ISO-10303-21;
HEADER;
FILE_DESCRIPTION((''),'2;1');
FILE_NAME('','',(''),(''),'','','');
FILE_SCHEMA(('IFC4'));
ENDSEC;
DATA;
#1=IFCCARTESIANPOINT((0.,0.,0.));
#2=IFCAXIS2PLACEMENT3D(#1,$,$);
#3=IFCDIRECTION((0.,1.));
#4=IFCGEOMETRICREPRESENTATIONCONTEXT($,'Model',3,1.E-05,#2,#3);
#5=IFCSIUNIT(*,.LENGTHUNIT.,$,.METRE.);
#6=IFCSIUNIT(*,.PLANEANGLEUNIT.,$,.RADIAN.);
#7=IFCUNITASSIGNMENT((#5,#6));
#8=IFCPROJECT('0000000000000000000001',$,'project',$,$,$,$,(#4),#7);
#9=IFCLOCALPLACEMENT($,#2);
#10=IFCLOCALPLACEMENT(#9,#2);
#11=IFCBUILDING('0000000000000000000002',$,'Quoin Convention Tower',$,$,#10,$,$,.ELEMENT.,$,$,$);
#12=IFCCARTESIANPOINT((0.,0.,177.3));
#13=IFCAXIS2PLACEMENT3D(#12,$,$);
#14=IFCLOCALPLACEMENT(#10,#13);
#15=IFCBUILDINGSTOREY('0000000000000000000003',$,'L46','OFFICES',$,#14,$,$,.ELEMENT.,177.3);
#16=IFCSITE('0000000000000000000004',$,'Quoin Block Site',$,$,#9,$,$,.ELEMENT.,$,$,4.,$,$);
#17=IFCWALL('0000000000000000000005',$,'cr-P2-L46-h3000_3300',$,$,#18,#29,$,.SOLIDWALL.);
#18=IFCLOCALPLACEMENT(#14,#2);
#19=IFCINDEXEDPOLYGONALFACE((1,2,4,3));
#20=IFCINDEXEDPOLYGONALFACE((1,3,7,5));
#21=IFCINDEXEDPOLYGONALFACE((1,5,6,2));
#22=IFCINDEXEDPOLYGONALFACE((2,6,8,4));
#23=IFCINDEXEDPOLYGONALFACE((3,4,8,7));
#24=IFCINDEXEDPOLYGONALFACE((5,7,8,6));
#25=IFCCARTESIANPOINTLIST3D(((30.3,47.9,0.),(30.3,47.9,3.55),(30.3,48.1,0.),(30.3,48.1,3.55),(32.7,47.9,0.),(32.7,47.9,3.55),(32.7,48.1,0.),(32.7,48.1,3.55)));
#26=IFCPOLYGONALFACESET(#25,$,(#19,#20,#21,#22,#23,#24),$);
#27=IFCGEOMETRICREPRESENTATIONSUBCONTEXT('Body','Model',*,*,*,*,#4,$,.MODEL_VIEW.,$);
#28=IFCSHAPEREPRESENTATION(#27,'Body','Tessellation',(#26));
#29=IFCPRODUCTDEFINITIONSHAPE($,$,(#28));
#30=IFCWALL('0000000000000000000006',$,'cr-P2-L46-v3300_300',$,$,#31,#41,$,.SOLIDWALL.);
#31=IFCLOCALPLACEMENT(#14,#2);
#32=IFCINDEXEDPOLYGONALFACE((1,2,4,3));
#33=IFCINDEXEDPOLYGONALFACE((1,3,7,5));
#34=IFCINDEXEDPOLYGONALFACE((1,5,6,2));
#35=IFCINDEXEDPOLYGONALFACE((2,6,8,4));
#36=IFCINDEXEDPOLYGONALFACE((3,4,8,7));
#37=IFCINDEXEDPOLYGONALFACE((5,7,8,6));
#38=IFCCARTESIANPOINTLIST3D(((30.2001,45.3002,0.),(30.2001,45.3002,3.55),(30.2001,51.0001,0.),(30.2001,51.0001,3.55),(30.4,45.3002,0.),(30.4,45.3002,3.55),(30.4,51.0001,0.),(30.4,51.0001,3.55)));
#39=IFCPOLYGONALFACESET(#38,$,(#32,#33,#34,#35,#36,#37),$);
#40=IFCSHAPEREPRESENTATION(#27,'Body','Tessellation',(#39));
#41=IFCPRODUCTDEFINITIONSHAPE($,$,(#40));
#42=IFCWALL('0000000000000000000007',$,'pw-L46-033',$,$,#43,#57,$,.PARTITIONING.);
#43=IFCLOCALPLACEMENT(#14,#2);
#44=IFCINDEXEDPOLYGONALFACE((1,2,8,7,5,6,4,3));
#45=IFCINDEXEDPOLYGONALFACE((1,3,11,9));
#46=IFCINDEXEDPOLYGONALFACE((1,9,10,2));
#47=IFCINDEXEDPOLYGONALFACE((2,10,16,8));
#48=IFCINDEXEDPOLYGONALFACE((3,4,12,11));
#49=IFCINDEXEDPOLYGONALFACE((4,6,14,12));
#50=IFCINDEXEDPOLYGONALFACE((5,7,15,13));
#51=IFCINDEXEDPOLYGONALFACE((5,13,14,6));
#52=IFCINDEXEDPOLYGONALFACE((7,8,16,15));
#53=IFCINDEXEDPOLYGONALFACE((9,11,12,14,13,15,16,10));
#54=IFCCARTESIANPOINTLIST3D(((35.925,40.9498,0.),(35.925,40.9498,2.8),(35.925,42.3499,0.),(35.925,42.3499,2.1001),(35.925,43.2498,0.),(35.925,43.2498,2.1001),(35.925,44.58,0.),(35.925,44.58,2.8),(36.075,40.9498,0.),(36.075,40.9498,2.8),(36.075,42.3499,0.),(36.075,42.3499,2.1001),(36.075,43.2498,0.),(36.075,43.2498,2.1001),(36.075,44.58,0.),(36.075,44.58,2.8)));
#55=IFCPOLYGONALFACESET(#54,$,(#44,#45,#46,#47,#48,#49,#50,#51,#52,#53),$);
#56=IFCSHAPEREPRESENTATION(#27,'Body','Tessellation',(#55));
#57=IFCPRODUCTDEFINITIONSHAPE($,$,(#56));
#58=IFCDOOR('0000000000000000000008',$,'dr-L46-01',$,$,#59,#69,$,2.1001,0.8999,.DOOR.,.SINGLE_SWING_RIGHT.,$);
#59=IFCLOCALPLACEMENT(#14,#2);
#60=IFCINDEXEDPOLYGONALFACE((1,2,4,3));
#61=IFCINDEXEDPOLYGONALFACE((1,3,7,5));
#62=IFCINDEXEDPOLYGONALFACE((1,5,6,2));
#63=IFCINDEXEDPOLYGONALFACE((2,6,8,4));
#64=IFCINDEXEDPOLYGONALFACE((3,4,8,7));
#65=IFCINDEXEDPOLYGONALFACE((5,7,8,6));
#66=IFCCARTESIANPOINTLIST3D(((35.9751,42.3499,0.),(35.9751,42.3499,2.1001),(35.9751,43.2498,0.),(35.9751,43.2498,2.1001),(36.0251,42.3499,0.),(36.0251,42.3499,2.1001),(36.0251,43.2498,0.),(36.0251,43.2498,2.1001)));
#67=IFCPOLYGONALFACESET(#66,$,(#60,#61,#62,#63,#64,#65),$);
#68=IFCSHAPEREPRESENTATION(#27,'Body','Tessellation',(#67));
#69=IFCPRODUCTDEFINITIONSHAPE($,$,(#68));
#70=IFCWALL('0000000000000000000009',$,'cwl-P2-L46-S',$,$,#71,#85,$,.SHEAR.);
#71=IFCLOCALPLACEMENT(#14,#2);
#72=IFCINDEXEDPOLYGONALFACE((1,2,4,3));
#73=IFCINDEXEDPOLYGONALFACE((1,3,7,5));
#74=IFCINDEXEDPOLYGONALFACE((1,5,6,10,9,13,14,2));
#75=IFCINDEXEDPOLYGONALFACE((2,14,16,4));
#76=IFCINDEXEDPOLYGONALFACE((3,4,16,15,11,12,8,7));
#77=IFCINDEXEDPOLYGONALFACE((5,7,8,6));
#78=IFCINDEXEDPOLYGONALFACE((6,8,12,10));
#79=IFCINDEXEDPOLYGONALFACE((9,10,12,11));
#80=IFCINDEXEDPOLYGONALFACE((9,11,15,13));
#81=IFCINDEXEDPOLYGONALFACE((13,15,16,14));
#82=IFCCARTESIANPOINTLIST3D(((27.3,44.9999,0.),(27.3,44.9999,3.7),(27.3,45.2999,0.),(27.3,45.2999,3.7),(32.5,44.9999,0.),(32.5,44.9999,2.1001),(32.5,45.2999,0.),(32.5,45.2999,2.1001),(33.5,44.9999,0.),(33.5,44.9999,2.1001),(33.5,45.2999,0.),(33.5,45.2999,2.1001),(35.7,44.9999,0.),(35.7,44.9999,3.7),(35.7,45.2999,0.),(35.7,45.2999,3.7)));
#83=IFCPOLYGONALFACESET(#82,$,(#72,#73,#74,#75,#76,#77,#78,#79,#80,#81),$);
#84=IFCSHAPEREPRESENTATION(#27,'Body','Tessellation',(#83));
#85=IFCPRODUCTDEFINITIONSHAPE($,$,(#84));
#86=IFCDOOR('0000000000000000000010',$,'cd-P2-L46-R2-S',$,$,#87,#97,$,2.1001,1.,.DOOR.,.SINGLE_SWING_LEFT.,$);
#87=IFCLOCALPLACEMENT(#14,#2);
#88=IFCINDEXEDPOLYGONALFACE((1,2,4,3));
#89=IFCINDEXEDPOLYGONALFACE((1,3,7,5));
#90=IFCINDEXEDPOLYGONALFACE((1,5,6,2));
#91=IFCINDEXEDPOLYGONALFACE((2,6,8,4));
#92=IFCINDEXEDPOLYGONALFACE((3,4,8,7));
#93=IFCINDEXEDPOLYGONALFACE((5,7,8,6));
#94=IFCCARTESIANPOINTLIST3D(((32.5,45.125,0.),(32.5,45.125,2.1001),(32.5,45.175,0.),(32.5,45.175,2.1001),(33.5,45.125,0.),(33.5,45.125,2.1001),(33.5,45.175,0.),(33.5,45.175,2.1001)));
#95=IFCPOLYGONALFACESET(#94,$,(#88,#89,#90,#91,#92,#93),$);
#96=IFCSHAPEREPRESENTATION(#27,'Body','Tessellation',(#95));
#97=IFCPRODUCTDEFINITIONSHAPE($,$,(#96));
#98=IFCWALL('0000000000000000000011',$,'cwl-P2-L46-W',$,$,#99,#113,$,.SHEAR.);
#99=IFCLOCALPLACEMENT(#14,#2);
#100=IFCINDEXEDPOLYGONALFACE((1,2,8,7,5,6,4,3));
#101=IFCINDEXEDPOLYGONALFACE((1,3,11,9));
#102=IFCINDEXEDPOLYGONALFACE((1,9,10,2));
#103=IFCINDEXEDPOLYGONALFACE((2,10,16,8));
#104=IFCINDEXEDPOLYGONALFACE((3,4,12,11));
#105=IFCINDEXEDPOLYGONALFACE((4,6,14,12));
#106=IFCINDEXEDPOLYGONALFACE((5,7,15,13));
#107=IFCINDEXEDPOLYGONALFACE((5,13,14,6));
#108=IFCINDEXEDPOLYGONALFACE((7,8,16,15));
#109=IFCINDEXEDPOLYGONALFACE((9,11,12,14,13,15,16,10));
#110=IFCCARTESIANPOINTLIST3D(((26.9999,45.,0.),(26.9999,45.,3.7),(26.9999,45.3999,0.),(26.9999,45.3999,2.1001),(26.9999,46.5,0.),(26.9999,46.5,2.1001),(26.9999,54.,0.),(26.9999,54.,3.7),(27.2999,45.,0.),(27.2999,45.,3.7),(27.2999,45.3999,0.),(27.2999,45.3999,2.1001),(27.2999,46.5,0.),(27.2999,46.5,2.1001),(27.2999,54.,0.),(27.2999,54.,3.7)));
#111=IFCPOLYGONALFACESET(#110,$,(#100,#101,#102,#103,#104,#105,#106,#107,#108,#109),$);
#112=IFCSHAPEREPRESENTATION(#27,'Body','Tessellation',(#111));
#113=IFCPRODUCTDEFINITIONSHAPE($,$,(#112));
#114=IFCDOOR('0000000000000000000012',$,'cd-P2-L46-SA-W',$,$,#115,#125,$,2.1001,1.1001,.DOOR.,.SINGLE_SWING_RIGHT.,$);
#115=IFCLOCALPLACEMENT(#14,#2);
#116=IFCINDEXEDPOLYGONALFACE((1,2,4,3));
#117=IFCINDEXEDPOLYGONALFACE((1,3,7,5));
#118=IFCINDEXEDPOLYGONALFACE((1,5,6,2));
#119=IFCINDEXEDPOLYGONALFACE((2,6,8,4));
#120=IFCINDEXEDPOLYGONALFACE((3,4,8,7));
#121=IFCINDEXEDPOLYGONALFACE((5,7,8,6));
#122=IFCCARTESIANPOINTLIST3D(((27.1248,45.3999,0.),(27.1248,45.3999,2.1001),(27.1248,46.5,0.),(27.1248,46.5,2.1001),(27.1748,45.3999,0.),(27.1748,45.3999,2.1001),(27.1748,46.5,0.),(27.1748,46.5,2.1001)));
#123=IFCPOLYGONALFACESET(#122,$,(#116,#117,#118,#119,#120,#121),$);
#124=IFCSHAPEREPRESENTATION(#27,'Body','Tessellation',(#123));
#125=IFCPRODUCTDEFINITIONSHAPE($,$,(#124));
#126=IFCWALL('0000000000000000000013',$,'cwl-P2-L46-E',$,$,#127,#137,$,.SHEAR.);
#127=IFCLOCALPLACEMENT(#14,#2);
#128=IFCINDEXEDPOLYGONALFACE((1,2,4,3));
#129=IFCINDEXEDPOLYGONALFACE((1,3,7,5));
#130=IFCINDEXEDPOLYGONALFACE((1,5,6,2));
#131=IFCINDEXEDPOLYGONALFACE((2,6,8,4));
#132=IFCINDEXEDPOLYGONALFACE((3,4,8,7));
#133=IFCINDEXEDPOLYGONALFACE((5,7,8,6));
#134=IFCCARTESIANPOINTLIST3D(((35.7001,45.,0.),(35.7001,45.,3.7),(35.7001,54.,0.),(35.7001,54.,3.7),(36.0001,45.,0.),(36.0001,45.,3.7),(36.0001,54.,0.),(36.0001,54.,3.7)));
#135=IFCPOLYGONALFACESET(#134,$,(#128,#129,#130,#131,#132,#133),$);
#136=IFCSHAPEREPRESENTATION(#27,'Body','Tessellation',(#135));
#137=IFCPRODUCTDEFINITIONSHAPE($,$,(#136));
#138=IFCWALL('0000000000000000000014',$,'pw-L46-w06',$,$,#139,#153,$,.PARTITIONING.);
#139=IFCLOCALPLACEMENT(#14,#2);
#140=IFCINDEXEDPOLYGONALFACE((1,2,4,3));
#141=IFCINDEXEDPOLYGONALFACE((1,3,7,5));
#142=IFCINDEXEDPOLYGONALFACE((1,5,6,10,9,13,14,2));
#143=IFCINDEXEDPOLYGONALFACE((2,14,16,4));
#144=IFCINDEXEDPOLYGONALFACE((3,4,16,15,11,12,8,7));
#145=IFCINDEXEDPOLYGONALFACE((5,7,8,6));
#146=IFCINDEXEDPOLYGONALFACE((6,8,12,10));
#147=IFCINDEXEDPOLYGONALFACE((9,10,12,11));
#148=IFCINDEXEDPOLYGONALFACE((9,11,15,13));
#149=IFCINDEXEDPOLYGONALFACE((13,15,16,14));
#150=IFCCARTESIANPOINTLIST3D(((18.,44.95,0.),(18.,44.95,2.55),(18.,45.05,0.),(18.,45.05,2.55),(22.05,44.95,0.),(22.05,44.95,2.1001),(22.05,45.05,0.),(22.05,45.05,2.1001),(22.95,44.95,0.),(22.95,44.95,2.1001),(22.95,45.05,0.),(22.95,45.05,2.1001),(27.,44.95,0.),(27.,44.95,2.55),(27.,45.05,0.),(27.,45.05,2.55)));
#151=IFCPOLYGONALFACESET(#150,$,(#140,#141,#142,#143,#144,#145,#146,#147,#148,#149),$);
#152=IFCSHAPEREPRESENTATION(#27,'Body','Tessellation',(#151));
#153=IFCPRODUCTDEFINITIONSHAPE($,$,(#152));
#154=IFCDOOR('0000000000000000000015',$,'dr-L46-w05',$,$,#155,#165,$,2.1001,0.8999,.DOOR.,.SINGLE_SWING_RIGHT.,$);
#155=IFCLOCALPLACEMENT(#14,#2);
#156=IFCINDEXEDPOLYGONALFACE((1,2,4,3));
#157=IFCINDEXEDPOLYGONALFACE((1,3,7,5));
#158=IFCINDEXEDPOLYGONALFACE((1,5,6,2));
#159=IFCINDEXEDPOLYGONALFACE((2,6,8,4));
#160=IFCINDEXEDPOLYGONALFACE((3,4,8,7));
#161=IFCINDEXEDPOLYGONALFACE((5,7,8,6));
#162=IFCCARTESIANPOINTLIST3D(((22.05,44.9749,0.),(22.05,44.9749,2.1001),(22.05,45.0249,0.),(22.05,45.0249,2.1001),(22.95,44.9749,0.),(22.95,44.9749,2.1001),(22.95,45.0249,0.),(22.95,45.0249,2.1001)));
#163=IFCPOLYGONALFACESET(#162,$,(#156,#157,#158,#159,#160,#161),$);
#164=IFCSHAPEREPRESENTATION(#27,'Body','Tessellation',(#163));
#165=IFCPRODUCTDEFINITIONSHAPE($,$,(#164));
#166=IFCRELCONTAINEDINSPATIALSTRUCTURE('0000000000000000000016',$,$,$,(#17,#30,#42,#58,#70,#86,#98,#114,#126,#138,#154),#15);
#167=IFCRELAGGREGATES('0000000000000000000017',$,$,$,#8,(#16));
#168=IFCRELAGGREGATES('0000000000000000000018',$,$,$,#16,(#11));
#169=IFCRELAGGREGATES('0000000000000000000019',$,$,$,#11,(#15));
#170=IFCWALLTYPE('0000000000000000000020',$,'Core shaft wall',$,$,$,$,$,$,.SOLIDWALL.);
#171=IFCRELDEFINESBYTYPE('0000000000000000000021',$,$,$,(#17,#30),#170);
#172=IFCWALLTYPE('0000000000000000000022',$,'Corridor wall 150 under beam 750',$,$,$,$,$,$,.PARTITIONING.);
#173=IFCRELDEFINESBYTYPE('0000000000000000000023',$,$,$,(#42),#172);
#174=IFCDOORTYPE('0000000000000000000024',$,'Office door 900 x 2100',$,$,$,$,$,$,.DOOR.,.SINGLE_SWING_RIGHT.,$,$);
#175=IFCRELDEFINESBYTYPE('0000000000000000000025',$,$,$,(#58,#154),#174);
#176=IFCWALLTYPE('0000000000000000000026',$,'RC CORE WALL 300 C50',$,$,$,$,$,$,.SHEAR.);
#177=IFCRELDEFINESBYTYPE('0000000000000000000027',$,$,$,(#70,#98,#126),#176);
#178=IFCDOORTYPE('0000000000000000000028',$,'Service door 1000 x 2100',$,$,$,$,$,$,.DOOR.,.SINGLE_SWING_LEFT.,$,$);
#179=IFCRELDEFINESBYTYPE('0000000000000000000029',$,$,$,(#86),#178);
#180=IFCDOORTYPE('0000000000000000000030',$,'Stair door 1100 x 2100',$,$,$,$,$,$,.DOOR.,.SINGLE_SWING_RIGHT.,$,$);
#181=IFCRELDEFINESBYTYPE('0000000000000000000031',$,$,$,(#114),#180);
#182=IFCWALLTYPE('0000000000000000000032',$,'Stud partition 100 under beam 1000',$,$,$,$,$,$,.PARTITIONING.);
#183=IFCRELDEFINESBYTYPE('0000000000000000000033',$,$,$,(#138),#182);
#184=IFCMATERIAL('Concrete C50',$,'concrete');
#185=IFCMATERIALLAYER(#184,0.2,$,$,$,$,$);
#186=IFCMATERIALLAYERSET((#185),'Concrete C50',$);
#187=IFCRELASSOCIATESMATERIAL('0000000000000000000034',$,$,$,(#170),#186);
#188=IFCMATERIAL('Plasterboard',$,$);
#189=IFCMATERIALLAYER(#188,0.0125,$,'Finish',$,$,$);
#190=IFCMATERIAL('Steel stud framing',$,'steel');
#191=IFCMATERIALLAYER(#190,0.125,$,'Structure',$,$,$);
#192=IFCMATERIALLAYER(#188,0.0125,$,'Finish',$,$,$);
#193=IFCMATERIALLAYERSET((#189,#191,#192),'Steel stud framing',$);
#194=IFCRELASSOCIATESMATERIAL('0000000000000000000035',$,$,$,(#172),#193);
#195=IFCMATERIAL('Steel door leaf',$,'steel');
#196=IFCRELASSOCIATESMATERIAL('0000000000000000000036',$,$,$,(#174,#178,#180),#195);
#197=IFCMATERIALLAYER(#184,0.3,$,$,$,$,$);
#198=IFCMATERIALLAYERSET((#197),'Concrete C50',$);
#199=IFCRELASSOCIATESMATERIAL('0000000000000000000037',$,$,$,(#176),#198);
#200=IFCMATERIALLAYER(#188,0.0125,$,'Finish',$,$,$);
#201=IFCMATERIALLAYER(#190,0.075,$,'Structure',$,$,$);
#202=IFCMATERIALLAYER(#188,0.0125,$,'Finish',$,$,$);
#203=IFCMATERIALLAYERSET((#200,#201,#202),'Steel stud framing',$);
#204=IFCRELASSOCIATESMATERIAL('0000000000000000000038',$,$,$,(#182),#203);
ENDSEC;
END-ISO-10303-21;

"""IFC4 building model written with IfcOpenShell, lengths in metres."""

from ifc_helpers import new_model, si_unit, direction, frame, frame_2d, origin, place, context, subcontext, project, spatial, rectangle, extrude, material, layer, layer_set, type_object, element, fill, save


model = new_model("IFC4")

# Units and contexts
model_context = context("Model", 3, precision=1e-05, world=origin(), true_north=direction((0.0, 1.0)))
body_context = subcontext(model_context, "Body", "Model", "MODEL_VIEW")
ifc_project = project(units=[si_unit("LENGTHUNIT", "METRE"), si_unit("PLANEANGLEUNIT", "RADIAN")], contexts=[model_context])

# Site, building, storey
site_placement = place(None, origin())
site = spatial("IfcSite", under=ifc_project, at=site_placement, Name="Quoin Block Site", CompositionType="ELEMENT", RefElevation=4.0)
building_placement = place(site_placement, origin())
building = spatial("IfcBuilding", under=site, at=building_placement, Name="Quoin Convention Tower", CompositionType="ELEMENT")
storey_placement = place(building_placement, frame((0.0, 0.0, 177.3)))
storey = spatial("IfcBuildingStorey", under=building, at=storey_placement, Name="L46", Description="OFFICES", CompositionType="ELEMENT", Elevation=177.3)

# Shared definitions
ifc_material_1 = material(Name="Concrete C50", Category="concrete")

# Walls
ifc_layer_1 = layer(ifc_material_1, 0.2)
ifc_layer_set_1 = layer_set([ifc_layer_1], Name="Concrete C50")
wall_type_1 = type_object("IfcWallType", Name="Core shaft wall", PredefinedType="SOLIDWALL", material=ifc_layer_set_1)
wall_1_placement = place(storey_placement, frame((30.3, 48.0, 0.0), z_axis=(0.0, 0.0, 1.0), x_axis=(1.0, 0.0, 0.0)))
element("IfcWall", 1, at=wall_1_placement, inside=storey, type_object=wall_type_1, Name="cr-P2-L46-h3000_3300", PredefinedType="SOLIDWALL", context=body_context, shape_type="SweptSolid", body=[
    extrude(rectangle(XDim=2.3999, YDim=0.2, at=frame_2d((1.2, 0.0))), origin(), (0.0, 0.0, 1.0), 3.55),
])
wall_2_placement = place(storey_placement, frame((30.3, 45.3, 0.0), z_axis=(0.0, 0.0, 1.0), x_axis=(0.0, 1.0, 0.0)))
element("IfcWall", 2, at=wall_2_placement, inside=storey, type_object=wall_type_1, Name="cr-P2-L46-v3300_300", PredefinedType="SOLIDWALL", context=body_context, shape_type="SweptSolid", body=[
    extrude(rectangle(XDim=5.7, YDim=0.2, at=frame_2d((2.8501, 0.0))), origin(), (0.0, 0.0, 1.0), 3.55),
])

# Walls, openings, doors
ifc_material_2 = material(Name="Plasterboard")
ifc_layer_2 = layer(ifc_material_2, 0.0125, Name="Finish")
ifc_material_3 = material(Name="Steel stud framing", Category="steel")
ifc_layer_3 = layer(ifc_material_3, 0.125, Name="Structure")
ifc_layer_4 = layer(ifc_material_2, 0.0125, Name="Finish")
ifc_layer_set_2 = layer_set([ifc_layer_2, ifc_layer_3, ifc_layer_4], Name="Steel stud framing")
wall_type_2 = type_object("IfcWallType", Name="Corridor wall 150 under beam 750", PredefinedType="PARTITIONING", material=ifc_layer_set_2)
wall_3_placement = place(storey_placement, frame((36.0, 40.95, 0.0), z_axis=(0.0, 0.0, 1.0), x_axis=(0.0, 1.0, 0.0)))
wall_3 = element("IfcWall", 3, at=wall_3_placement, inside=storey, type_object=wall_type_2, Name="pw-L46-033", PredefinedType="PARTITIONING", context=body_context, shape_type="SweptSolid", body=[
    extrude(rectangle(XDim=3.6301, YDim=0.1499, at=frame_2d((1.8149, 0.0))), origin(), (0.0, 0.0, 1.0), 2.8),
])
opening_1_placement = place(wall_3_placement, frame((1.3999, 0.0, 0.0)))
opening_1 = element("IfcOpeningElement", 4, at=opening_1_placement, cuts=wall_3, PredefinedType="OPENING", context=body_context, shape_type="SweptSolid", body=[
    extrude(rectangle(XDim=0.8999, YDim=2.1001, at=frame_2d((0.45, 1.05))), frame((0.0, 0.085, 0.0), z_axis=(0.0, -1.0, 0.0), x_axis=(1.0, 0.0, 0.0)), (0.0, 0.0, 1.0), 0.1699),
])
ifc_material_4 = material(Name="Steel door leaf", Category="steel")
door_type_1 = type_object("IfcDoorType", Name="Office door 900 x 2100", OperationType="SINGLE_SWING_RIGHT", PredefinedType="DOOR", material=ifc_material_4)
door_1_placement = place(opening_1_placement, origin())
door_1 = element("IfcDoor", 5, at=door_1_placement, inside=storey, type_object=door_type_1, Name="dr-L46-01", OperationType="SINGLE_SWING_RIGHT", OverallHeight=2.1001, OverallWidth=0.8999, PredefinedType="DOOR", context=body_context, shape_type="SweptSolid", body=[
    extrude(rectangle(XDim=0.8999, YDim=2.1001, at=frame_2d((0.45, 1.05))), frame((0.0, 0.0249, 0.0), z_axis=(0.0, -1.0, 0.0), x_axis=(1.0, 0.0, 0.0)), (0.0, 0.0, 1.0), 0.05),
])
fill(opening_1, door_1)
ifc_layer_5 = layer(ifc_material_1, 0.3)
ifc_layer_set_3 = layer_set([ifc_layer_5], Name="Concrete C50")
wall_type_3 = type_object("IfcWallType", Name="RC CORE WALL 300 C50", PredefinedType="SHEAR", material=ifc_layer_set_3)
wall_4_placement = place(storey_placement, frame((27.3, 45.1499, 0.0), z_axis=(0.0, 0.0, 1.0), x_axis=(1.0, 0.0, 0.0)))
wall_4 = element("IfcWall", 6, at=wall_4_placement, inside=storey, type_object=wall_type_3, Name="cwl-P2-L46-S", PredefinedType="SHEAR", context=body_context, shape_type="SweptSolid", body=[
    extrude(rectangle(XDim=8.3999, YDim=0.3, at=frame_2d((4.2, 0.0))), origin(), (0.0, 0.0, 1.0), 3.7),
])
opening_2_placement = place(wall_4_placement, frame((5.2, 0.0, 0.0)))
opening_2 = element("IfcOpeningElement", 7, at=opening_2_placement, cuts=wall_4, PredefinedType="OPENING", context=body_context, shape_type="SweptSolid", body=[
    extrude(rectangle(XDim=1.0, YDim=2.1001, at=frame_2d((0.5, 1.05))), frame((0.0, 0.1599, 0.0), z_axis=(0.0, -1.0, 0.0), x_axis=(1.0, 0.0, 0.0)), (0.0, 0.0, 1.0), 0.3201),
])
door_type_2 = type_object("IfcDoorType", Name="Service door 1000 x 2100", OperationType="SINGLE_SWING_LEFT", PredefinedType="DOOR", material=ifc_material_4)
door_2_placement = place(opening_2_placement, frame((1.0, 0.0, 0.0), z_axis=(0.0, 0.0, 1.0), x_axis=(-1.0, 0.0, 0.0)))
door_2 = element("IfcDoor", 8, at=door_2_placement, inside=storey, type_object=door_type_2, Name="cd-P2-L46-R2-S", OperationType="SINGLE_SWING_LEFT", OverallHeight=2.1001, OverallWidth=1.0, PredefinedType="DOOR", context=body_context, shape_type="SweptSolid", body=[
    extrude(rectangle(XDim=1.0, YDim=2.1001, at=frame_2d((0.5, 1.05))), frame((0.0, 0.0249, 0.0), z_axis=(0.0, -1.0, 0.0), x_axis=(1.0, 0.0, 0.0)), (0.0, 0.0, 1.0), 0.05),
])
fill(opening_2, door_2)
wall_5_placement = place(storey_placement, frame((27.1499, 45.0, 0.0), z_axis=(0.0, 0.0, 1.0), x_axis=(0.0, 1.0, 0.0)))
wall_5 = element("IfcWall", 9, at=wall_5_placement, inside=storey, type_object=wall_type_3, Name="cwl-P2-L46-W", PredefinedType="SHEAR", context=body_context, shape_type="SweptSolid", body=[
    extrude(rectangle(XDim=9.0, YDim=0.3, at=frame_2d((4.5, 0.0))), origin(), (0.0, 0.0, 1.0), 3.7),
])
opening_3_placement = place(wall_5_placement, frame((0.3999, 0.0, 0.0)))
opening_3 = element("IfcOpeningElement", 10, at=opening_3_placement, cuts=wall_5, PredefinedType="OPENING", context=body_context, shape_type="SweptSolid", body=[
    extrude(rectangle(XDim=1.1001, YDim=2.1001, at=frame_2d((0.55, 1.05))), frame((0.0, 0.1599, 0.0), z_axis=(0.0, -1.0, 0.0), x_axis=(1.0, 0.0, 0.0)), (0.0, 0.0, 1.0), 0.3201),
])
door_type_3 = type_object("IfcDoorType", Name="Stair door 1100 x 2100", OperationType="SINGLE_SWING_RIGHT", PredefinedType="DOOR", material=ifc_material_4)
door_3_placement = place(opening_3_placement, frame((1.1001, 0.0, 0.0), z_axis=(0.0, 0.0, 1.0), x_axis=(-1.0, 0.0, 0.0)))
door_3 = element("IfcDoor", 11, at=door_3_placement, inside=storey, type_object=door_type_3, Name="cd-P2-L46-SA-W", OperationType="SINGLE_SWING_RIGHT", OverallHeight=2.1001, OverallWidth=1.1001, PredefinedType="DOOR", context=body_context, shape_type="SweptSolid", body=[
    extrude(rectangle(XDim=1.1001, YDim=2.1001, at=frame_2d((0.55, 1.05))), frame((0.0, 0.0249, 0.0), z_axis=(0.0, -1.0, 0.0), x_axis=(1.0, 0.0, 0.0)), (0.0, 0.0, 1.0), 0.05),
])
fill(opening_3, door_3)

# Wall
wall_6_placement = place(storey_placement, frame((35.8501, 45.0, 0.0), z_axis=(0.0, 0.0, 1.0), x_axis=(0.0, 1.0, 0.0)))
element("IfcWall", 12, at=wall_6_placement, inside=storey, type_object=wall_type_3, Name="cwl-P2-L46-E", PredefinedType="SHEAR", context=body_context, shape_type="SweptSolid", body=[
    extrude(rectangle(XDim=9.0, YDim=0.3, at=frame_2d((4.5, 0.0))), origin(), (0.0, 0.0, 1.0), 3.7),
])

# Wall, opening, door
ifc_layer_6 = layer(ifc_material_2, 0.0125, Name="Finish")
ifc_layer_7 = layer(ifc_material_3, 0.075, Name="Structure")
ifc_layer_8 = layer(ifc_material_2, 0.0125, Name="Finish")
ifc_layer_set_4 = layer_set([ifc_layer_6, ifc_layer_7, ifc_layer_8], Name="Steel stud framing")
wall_type_4 = type_object("IfcWallType", Name="Stud partition 100 under beam 1000", PredefinedType="PARTITIONING", material=ifc_layer_set_4)
wall_7_placement = place(storey_placement, frame((18.0, 45.0, 0.0), z_axis=(0.0, 0.0, 1.0), x_axis=(1.0, 0.0, 0.0)))
wall_7 = element("IfcWall", 13, at=wall_7_placement, inside=storey, type_object=wall_type_4, Name="pw-L46-w06", PredefinedType="PARTITIONING", context=body_context, shape_type="SweptSolid", body=[
    extrude(rectangle(XDim=9.0, YDim=0.1001, at=frame_2d((4.5, 0.0))), origin(), (0.0, 0.0, 1.0), 2.55),
])
opening_4_placement = place(wall_7_placement, frame((4.05, 0.0, 0.0)))
opening_4 = element("IfcOpeningElement", 14, at=opening_4_placement, cuts=wall_7, PredefinedType="OPENING", context=body_context, shape_type="SweptSolid", body=[
    extrude(rectangle(XDim=0.8999, YDim=2.1001, at=frame_2d((0.45, 1.05))), frame((0.0, 0.0601, 0.0), z_axis=(0.0, -1.0, 0.0), x_axis=(1.0, 0.0, 0.0)), (0.0, 0.0, 1.0), 0.1201),
])
door_4_placement = place(opening_4_placement, origin())
door_4 = element("IfcDoor", 15, at=door_4_placement, inside=storey, type_object=door_type_1, Name="dr-L46-w05", OperationType="SINGLE_SWING_RIGHT", OverallHeight=2.1001, OverallWidth=0.8999, PredefinedType="DOOR", context=body_context, shape_type="SweptSolid", body=[
    extrude(rectangle(XDim=0.8999, YDim=2.1001, at=frame_2d((0.45, 1.05))), frame((0.0, 0.0249, 0.0), z_axis=(0.0, -1.0, 0.0), x_axis=(1.0, 0.0, 0.0)), (0.0, 0.0, 1.0), 0.05),
])
fill(opening_4, door_4)

save(model, "model.ifc")
